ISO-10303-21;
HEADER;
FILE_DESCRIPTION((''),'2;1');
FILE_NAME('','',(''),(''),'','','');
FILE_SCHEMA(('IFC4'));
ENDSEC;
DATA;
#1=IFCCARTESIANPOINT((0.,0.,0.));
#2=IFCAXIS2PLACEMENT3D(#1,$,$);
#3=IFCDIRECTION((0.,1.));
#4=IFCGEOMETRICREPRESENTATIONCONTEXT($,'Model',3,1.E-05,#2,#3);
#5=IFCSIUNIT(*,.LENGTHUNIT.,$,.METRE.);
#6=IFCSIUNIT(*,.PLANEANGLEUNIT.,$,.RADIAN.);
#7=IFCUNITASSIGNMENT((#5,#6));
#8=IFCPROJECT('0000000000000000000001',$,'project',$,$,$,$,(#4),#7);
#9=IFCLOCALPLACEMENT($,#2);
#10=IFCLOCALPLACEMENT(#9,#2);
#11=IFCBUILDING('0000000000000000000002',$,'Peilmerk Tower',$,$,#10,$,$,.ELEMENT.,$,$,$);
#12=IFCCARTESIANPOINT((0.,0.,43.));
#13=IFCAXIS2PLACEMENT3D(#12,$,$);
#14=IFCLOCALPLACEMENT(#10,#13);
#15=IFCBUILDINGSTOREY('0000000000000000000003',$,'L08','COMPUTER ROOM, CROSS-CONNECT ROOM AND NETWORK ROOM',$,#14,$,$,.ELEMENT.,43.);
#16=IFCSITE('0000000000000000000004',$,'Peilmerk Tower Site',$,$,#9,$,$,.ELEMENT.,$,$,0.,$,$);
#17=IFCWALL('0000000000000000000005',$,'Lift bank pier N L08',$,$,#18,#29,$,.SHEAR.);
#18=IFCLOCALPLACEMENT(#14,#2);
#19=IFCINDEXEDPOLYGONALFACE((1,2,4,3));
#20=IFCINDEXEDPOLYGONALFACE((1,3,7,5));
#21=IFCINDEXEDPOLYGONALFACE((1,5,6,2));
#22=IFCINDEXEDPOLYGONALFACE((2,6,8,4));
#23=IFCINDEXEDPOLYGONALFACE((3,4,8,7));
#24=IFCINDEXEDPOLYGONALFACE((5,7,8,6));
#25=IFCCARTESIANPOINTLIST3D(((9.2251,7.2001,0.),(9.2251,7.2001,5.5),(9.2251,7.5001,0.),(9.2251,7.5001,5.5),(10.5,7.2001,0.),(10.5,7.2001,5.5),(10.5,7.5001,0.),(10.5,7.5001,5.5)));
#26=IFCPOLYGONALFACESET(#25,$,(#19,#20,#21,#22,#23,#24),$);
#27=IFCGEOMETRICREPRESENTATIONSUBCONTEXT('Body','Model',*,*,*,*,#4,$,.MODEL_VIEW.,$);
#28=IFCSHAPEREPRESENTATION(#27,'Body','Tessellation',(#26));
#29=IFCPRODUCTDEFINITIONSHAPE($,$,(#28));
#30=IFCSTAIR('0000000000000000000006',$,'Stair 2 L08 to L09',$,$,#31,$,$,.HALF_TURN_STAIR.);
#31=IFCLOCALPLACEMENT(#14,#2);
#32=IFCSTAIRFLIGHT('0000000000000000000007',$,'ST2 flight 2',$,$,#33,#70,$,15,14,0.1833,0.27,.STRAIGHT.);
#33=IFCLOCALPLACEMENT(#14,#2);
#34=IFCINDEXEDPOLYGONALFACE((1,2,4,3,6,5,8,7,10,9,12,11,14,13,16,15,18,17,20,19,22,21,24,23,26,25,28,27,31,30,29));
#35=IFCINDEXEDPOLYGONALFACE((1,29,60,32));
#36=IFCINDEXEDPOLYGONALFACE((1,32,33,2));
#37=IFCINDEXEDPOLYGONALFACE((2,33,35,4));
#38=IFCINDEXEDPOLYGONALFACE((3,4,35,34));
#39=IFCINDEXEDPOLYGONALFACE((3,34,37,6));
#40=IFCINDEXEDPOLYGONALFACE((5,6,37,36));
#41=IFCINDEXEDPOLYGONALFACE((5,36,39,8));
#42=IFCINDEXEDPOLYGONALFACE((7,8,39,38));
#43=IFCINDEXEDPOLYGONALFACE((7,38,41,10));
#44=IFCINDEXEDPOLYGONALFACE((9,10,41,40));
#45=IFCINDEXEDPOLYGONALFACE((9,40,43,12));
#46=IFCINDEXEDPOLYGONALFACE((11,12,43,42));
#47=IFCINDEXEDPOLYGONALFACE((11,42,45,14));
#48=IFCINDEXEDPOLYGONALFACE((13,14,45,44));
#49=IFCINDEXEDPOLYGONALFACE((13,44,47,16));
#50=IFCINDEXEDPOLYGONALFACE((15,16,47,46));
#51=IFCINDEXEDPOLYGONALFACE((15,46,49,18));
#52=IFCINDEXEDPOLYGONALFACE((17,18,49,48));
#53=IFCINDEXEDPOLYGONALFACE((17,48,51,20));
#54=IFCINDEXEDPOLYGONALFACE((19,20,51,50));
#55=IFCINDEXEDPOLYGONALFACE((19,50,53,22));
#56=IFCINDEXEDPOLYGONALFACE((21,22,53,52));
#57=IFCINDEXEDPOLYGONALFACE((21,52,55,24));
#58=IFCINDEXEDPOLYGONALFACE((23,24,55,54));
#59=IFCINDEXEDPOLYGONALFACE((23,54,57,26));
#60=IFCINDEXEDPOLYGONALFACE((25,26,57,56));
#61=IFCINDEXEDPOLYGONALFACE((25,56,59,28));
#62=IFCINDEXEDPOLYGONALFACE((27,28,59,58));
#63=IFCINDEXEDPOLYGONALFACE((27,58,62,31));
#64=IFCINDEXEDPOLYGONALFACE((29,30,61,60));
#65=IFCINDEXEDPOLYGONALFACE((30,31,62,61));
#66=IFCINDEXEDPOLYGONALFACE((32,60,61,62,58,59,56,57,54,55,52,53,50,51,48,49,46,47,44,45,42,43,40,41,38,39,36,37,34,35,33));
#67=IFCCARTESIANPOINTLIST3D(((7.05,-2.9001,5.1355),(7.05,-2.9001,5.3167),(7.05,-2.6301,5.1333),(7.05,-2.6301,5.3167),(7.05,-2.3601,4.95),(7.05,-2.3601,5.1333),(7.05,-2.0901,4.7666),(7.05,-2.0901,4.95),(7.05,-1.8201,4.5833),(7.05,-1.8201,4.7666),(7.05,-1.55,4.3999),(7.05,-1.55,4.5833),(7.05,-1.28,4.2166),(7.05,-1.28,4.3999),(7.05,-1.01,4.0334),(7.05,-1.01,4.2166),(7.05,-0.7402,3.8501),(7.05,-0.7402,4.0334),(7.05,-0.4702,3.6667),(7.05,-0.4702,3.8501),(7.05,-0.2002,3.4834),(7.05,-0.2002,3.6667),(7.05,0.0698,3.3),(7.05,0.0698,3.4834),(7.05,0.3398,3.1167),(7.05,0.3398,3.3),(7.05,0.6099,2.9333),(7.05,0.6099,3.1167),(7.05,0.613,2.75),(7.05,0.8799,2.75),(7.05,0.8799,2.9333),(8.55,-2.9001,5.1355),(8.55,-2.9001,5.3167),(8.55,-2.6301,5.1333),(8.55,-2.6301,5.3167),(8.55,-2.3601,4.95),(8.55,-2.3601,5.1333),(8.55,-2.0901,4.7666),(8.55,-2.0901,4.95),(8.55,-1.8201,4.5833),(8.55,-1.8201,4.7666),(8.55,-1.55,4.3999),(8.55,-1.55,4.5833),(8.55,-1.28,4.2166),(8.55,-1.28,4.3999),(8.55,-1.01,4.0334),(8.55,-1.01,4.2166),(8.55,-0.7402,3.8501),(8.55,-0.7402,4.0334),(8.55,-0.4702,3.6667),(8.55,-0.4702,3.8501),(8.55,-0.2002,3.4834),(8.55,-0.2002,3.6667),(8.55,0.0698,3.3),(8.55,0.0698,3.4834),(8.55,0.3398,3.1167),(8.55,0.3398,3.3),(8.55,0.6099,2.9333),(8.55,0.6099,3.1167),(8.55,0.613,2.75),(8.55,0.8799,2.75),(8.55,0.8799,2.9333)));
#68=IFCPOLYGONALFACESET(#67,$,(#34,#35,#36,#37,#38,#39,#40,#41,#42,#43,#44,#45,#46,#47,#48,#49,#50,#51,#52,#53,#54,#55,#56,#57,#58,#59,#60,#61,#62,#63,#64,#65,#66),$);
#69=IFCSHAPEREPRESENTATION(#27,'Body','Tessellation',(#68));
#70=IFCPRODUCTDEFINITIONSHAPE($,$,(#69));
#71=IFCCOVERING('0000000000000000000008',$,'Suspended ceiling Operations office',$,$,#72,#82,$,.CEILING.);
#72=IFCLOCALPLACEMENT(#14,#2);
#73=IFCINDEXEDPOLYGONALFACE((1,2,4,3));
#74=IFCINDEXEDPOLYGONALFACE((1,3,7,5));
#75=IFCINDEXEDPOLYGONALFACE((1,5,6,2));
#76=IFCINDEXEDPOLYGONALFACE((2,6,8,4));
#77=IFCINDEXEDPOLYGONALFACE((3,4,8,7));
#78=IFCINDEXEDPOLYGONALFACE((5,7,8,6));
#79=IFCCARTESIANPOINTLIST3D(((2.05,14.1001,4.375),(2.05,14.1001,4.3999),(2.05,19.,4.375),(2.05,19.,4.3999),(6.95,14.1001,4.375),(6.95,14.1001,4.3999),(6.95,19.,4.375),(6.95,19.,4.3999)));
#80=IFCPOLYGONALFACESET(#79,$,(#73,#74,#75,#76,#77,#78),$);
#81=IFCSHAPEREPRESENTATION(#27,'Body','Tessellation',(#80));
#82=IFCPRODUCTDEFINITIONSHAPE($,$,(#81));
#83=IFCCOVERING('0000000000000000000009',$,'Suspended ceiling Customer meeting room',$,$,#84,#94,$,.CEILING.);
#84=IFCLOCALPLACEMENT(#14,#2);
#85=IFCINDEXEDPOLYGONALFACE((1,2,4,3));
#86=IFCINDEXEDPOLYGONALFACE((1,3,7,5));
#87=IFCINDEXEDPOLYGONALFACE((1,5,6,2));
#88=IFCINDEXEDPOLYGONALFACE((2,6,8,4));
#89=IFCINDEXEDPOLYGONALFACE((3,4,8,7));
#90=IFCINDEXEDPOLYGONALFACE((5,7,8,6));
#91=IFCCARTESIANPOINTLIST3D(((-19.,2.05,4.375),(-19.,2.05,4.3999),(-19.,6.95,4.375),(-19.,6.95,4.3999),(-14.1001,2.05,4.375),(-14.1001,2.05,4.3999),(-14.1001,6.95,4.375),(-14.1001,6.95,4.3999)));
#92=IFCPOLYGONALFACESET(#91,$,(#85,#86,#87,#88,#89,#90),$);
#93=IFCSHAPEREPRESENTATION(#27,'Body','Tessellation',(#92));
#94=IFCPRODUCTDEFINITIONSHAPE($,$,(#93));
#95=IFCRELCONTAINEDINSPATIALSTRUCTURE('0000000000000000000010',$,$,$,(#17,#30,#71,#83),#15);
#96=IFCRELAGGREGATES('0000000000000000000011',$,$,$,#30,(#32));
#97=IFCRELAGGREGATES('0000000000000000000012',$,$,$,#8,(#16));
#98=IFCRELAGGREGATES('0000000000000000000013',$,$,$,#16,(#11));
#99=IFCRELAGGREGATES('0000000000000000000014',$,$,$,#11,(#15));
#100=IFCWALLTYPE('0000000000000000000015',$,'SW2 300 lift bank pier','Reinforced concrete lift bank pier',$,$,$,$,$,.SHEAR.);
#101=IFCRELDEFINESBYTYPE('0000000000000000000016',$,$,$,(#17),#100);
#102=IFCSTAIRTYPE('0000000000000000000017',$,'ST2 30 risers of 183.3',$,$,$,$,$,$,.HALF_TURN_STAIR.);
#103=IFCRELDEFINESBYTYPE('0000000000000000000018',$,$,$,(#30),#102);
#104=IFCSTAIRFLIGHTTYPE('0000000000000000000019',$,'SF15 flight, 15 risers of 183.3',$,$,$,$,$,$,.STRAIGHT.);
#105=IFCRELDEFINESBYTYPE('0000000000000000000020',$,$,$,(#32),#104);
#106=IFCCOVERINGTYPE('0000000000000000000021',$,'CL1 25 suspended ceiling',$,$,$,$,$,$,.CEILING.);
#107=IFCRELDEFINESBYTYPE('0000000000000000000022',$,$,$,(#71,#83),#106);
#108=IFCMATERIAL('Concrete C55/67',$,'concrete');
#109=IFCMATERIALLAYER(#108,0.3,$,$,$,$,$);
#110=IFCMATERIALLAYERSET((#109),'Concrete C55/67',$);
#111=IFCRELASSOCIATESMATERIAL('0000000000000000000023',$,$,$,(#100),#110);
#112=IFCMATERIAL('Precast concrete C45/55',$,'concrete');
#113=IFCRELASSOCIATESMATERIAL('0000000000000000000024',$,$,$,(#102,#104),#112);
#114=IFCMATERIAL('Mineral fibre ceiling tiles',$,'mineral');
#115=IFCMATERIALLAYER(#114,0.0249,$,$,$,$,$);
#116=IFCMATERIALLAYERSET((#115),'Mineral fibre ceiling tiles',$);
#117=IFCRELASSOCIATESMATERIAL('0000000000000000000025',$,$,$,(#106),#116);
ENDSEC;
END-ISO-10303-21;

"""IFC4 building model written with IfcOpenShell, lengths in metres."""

from ifc_helpers import new_model, si_unit, direction, frame, frame_2d, origin, place, context, subcontext, project, spatial, polyline, rectangle, outline, extrude, material, layer, layer_set, type_object, element, aggregate, save


model = new_model("IFC4")

# Units and contexts
model_context = context("Model", 3, precision=1e-05, world=origin(), true_north=direction((0.0, 1.0)))
body_context = subcontext(model_context, "Body", "Model", "MODEL_VIEW")
ifc_project = project(units=[si_unit("LENGTHUNIT", "METRE"), si_unit("PLANEANGLEUNIT", "RADIAN")], contexts=[model_context])

# Site, building, storey
site_placement = place(None, origin())
site = spatial("IfcSite", under=ifc_project, at=site_placement, Name="Peilmerk Tower Site", CompositionType="ELEMENT", RefElevation=0.0)
building_placement = place(site_placement, origin())
building = spatial("IfcBuilding", under=site, at=building_placement, Name="Peilmerk Tower", CompositionType="ELEMENT")
storey_placement = place(building_placement, frame((0.0, 0.0, 43.0)))
storey = spatial("IfcBuildingStorey", under=building, at=storey_placement, Name="L08", Description="COMPUTER ROOM, CROSS-CONNECT ROOM AND NETWORK ROOM", CompositionType="ELEMENT", Elevation=43.0)

# Wall
ifc_material_1 = material(Name="Concrete C55/67", Category="concrete")
ifc_layer_1 = layer(ifc_material_1, 0.3)
ifc_layer_set_1 = layer_set([ifc_layer_1], Name="Concrete C55/67")
wall_type_1 = type_object("IfcWallType", Name="SW2 300 lift bank pier", Description="Reinforced concrete lift bank pier", PredefinedType="SHEAR", material=ifc_layer_set_1)
wall_1_placement = place(storey_placement, frame((9.2251, 7.3501, 0.0), z_axis=(0.0, 0.0, 1.0), x_axis=(1.0, 0.0, 0.0)))
element("IfcWall", 1, at=wall_1_placement, inside=storey, type_object=wall_type_1, Name="Lift bank pier N L08", PredefinedType="SHEAR", context=body_context, shape_type="SweptSolid", body=[
    extrude(rectangle(XDim=1.2749, YDim=0.3, at=frame_2d((0.6375, 0.0))), origin(), (0.0, 0.0, 1.0), 5.5),
])

# Stair, stair flight
ifc_material_2 = material(Name="Precast concrete C45/55", Category="concrete")
stair_type = type_object("IfcStairType", Name="ST2 30 risers of 183.3", PredefinedType="HALF_TURN_STAIR", material=ifc_material_2)
stair_placement = place(storey_placement, origin())
stair = element("IfcStair", 2, at=stair_placement, inside=storey, type_object=stair_type, Name="Stair 2 L08 to L09", PredefinedType="HALF_TURN_STAIR")
stair_flight_type = type_object("IfcStairFlightType", Name="SF15 flight, 15 risers of 183.3", PredefinedType="STRAIGHT", material=ifc_material_2)
stair_flight_placement = place(storey_placement, frame((7.8, 0.8799, 2.75), z_axis=(0.0, 0.0, 1.0), x_axis=(0.0, -1.0, 0.0)))
stair_flight = element("IfcStairFlight", 3, at=stair_flight_placement, type_object=stair_flight_type, Name="ST2 flight 2", NumberOfRisers=15, NumberOfTreads=14, PredefinedType="STRAIGHT", RiserHeight=0.1833, TreadLength=0.27, context=body_context, shape_type="SweptSolid", body=[
    extrude(outline(polyline([(0.0, 0.0), (0.0, 0.1833), (0.27, 0.1833), (0.27, 0.3667), (0.54, 0.3667), (0.54, 0.55), (0.8101, 0.55), (0.8101, 0.7334), (1.0801, 0.7334), (1.0801, 0.9167), (1.3501, 0.9167), (1.3501, 1.1001), (1.6201, 1.1001), (1.6201, 1.2834), (1.8899, 1.2834), (1.8899, 1.4666), (2.1599, 1.4666), (2.1599, 1.6499), (2.4299, 1.6499), (2.4299, 1.8333), (2.7, 1.8333), (2.7, 2.0166), (2.97, 2.0166), (2.97, 2.2), (3.24, 2.2), (3.24, 2.3833), (3.51, 2.3833), (3.51, 2.5667), (3.78, 2.5667), (3.78, 2.75), (3.78, 2.3855), (0.2668, 0.0), (0.0, 0.0)])), frame((0.0, 0.75, 0.0), z_axis=(0.0, -1.0, 0.0), x_axis=(1.0, 0.0, 0.0)), (0.0, 0.0, 1.0), 1.5),
])
aggregate(stair, [stair_flight])

# Coverings
ifc_material_3 = material(Name="Mineral fibre ceiling tiles", Category="mineral")
ifc_layer_2 = layer(ifc_material_3, 0.0249)
ifc_layer_set_2 = layer_set([ifc_layer_2], Name="Mineral fibre ceiling tiles")
covering_type_1 = type_object("IfcCoveringType", Name="CL1 25 suspended ceiling", PredefinedType="CEILING", material=ifc_layer_set_2)
covering_1_placement = place(storey_placement, frame((0.0, 0.0, 4.375)))
element("IfcCovering", 4, at=covering_1_placement, inside=storey, type_object=covering_type_1, Name="Suspended ceiling Operations office", PredefinedType="CEILING", context=body_context, shape_type="SweptSolid", body=[
    extrude(outline(polyline([(6.95, 14.1001), (6.95, 19.0), (2.05, 19.0), (2.05, 14.1001), (6.95, 14.1001)])), origin(), (0.0, 0.0, 1.0), 0.0249),
])
covering_2_placement = place(storey_placement, frame((0.0, 0.0, 4.375)))
element("IfcCovering", 5, at=covering_2_placement, inside=storey, type_object=covering_type_1, Name="Suspended ceiling Customer meeting room", PredefinedType="CEILING", context=body_context, shape_type="SweptSolid", body=[
    extrude(outline(polyline([(-14.1001, 2.05), (-14.1001, 6.95), (-19.0, 6.95), (-19.0, 2.05), (-14.1001, 2.05)])), origin(), (0.0, 0.0, 1.0), 0.0249),
])

save(model, "model.ifc")
